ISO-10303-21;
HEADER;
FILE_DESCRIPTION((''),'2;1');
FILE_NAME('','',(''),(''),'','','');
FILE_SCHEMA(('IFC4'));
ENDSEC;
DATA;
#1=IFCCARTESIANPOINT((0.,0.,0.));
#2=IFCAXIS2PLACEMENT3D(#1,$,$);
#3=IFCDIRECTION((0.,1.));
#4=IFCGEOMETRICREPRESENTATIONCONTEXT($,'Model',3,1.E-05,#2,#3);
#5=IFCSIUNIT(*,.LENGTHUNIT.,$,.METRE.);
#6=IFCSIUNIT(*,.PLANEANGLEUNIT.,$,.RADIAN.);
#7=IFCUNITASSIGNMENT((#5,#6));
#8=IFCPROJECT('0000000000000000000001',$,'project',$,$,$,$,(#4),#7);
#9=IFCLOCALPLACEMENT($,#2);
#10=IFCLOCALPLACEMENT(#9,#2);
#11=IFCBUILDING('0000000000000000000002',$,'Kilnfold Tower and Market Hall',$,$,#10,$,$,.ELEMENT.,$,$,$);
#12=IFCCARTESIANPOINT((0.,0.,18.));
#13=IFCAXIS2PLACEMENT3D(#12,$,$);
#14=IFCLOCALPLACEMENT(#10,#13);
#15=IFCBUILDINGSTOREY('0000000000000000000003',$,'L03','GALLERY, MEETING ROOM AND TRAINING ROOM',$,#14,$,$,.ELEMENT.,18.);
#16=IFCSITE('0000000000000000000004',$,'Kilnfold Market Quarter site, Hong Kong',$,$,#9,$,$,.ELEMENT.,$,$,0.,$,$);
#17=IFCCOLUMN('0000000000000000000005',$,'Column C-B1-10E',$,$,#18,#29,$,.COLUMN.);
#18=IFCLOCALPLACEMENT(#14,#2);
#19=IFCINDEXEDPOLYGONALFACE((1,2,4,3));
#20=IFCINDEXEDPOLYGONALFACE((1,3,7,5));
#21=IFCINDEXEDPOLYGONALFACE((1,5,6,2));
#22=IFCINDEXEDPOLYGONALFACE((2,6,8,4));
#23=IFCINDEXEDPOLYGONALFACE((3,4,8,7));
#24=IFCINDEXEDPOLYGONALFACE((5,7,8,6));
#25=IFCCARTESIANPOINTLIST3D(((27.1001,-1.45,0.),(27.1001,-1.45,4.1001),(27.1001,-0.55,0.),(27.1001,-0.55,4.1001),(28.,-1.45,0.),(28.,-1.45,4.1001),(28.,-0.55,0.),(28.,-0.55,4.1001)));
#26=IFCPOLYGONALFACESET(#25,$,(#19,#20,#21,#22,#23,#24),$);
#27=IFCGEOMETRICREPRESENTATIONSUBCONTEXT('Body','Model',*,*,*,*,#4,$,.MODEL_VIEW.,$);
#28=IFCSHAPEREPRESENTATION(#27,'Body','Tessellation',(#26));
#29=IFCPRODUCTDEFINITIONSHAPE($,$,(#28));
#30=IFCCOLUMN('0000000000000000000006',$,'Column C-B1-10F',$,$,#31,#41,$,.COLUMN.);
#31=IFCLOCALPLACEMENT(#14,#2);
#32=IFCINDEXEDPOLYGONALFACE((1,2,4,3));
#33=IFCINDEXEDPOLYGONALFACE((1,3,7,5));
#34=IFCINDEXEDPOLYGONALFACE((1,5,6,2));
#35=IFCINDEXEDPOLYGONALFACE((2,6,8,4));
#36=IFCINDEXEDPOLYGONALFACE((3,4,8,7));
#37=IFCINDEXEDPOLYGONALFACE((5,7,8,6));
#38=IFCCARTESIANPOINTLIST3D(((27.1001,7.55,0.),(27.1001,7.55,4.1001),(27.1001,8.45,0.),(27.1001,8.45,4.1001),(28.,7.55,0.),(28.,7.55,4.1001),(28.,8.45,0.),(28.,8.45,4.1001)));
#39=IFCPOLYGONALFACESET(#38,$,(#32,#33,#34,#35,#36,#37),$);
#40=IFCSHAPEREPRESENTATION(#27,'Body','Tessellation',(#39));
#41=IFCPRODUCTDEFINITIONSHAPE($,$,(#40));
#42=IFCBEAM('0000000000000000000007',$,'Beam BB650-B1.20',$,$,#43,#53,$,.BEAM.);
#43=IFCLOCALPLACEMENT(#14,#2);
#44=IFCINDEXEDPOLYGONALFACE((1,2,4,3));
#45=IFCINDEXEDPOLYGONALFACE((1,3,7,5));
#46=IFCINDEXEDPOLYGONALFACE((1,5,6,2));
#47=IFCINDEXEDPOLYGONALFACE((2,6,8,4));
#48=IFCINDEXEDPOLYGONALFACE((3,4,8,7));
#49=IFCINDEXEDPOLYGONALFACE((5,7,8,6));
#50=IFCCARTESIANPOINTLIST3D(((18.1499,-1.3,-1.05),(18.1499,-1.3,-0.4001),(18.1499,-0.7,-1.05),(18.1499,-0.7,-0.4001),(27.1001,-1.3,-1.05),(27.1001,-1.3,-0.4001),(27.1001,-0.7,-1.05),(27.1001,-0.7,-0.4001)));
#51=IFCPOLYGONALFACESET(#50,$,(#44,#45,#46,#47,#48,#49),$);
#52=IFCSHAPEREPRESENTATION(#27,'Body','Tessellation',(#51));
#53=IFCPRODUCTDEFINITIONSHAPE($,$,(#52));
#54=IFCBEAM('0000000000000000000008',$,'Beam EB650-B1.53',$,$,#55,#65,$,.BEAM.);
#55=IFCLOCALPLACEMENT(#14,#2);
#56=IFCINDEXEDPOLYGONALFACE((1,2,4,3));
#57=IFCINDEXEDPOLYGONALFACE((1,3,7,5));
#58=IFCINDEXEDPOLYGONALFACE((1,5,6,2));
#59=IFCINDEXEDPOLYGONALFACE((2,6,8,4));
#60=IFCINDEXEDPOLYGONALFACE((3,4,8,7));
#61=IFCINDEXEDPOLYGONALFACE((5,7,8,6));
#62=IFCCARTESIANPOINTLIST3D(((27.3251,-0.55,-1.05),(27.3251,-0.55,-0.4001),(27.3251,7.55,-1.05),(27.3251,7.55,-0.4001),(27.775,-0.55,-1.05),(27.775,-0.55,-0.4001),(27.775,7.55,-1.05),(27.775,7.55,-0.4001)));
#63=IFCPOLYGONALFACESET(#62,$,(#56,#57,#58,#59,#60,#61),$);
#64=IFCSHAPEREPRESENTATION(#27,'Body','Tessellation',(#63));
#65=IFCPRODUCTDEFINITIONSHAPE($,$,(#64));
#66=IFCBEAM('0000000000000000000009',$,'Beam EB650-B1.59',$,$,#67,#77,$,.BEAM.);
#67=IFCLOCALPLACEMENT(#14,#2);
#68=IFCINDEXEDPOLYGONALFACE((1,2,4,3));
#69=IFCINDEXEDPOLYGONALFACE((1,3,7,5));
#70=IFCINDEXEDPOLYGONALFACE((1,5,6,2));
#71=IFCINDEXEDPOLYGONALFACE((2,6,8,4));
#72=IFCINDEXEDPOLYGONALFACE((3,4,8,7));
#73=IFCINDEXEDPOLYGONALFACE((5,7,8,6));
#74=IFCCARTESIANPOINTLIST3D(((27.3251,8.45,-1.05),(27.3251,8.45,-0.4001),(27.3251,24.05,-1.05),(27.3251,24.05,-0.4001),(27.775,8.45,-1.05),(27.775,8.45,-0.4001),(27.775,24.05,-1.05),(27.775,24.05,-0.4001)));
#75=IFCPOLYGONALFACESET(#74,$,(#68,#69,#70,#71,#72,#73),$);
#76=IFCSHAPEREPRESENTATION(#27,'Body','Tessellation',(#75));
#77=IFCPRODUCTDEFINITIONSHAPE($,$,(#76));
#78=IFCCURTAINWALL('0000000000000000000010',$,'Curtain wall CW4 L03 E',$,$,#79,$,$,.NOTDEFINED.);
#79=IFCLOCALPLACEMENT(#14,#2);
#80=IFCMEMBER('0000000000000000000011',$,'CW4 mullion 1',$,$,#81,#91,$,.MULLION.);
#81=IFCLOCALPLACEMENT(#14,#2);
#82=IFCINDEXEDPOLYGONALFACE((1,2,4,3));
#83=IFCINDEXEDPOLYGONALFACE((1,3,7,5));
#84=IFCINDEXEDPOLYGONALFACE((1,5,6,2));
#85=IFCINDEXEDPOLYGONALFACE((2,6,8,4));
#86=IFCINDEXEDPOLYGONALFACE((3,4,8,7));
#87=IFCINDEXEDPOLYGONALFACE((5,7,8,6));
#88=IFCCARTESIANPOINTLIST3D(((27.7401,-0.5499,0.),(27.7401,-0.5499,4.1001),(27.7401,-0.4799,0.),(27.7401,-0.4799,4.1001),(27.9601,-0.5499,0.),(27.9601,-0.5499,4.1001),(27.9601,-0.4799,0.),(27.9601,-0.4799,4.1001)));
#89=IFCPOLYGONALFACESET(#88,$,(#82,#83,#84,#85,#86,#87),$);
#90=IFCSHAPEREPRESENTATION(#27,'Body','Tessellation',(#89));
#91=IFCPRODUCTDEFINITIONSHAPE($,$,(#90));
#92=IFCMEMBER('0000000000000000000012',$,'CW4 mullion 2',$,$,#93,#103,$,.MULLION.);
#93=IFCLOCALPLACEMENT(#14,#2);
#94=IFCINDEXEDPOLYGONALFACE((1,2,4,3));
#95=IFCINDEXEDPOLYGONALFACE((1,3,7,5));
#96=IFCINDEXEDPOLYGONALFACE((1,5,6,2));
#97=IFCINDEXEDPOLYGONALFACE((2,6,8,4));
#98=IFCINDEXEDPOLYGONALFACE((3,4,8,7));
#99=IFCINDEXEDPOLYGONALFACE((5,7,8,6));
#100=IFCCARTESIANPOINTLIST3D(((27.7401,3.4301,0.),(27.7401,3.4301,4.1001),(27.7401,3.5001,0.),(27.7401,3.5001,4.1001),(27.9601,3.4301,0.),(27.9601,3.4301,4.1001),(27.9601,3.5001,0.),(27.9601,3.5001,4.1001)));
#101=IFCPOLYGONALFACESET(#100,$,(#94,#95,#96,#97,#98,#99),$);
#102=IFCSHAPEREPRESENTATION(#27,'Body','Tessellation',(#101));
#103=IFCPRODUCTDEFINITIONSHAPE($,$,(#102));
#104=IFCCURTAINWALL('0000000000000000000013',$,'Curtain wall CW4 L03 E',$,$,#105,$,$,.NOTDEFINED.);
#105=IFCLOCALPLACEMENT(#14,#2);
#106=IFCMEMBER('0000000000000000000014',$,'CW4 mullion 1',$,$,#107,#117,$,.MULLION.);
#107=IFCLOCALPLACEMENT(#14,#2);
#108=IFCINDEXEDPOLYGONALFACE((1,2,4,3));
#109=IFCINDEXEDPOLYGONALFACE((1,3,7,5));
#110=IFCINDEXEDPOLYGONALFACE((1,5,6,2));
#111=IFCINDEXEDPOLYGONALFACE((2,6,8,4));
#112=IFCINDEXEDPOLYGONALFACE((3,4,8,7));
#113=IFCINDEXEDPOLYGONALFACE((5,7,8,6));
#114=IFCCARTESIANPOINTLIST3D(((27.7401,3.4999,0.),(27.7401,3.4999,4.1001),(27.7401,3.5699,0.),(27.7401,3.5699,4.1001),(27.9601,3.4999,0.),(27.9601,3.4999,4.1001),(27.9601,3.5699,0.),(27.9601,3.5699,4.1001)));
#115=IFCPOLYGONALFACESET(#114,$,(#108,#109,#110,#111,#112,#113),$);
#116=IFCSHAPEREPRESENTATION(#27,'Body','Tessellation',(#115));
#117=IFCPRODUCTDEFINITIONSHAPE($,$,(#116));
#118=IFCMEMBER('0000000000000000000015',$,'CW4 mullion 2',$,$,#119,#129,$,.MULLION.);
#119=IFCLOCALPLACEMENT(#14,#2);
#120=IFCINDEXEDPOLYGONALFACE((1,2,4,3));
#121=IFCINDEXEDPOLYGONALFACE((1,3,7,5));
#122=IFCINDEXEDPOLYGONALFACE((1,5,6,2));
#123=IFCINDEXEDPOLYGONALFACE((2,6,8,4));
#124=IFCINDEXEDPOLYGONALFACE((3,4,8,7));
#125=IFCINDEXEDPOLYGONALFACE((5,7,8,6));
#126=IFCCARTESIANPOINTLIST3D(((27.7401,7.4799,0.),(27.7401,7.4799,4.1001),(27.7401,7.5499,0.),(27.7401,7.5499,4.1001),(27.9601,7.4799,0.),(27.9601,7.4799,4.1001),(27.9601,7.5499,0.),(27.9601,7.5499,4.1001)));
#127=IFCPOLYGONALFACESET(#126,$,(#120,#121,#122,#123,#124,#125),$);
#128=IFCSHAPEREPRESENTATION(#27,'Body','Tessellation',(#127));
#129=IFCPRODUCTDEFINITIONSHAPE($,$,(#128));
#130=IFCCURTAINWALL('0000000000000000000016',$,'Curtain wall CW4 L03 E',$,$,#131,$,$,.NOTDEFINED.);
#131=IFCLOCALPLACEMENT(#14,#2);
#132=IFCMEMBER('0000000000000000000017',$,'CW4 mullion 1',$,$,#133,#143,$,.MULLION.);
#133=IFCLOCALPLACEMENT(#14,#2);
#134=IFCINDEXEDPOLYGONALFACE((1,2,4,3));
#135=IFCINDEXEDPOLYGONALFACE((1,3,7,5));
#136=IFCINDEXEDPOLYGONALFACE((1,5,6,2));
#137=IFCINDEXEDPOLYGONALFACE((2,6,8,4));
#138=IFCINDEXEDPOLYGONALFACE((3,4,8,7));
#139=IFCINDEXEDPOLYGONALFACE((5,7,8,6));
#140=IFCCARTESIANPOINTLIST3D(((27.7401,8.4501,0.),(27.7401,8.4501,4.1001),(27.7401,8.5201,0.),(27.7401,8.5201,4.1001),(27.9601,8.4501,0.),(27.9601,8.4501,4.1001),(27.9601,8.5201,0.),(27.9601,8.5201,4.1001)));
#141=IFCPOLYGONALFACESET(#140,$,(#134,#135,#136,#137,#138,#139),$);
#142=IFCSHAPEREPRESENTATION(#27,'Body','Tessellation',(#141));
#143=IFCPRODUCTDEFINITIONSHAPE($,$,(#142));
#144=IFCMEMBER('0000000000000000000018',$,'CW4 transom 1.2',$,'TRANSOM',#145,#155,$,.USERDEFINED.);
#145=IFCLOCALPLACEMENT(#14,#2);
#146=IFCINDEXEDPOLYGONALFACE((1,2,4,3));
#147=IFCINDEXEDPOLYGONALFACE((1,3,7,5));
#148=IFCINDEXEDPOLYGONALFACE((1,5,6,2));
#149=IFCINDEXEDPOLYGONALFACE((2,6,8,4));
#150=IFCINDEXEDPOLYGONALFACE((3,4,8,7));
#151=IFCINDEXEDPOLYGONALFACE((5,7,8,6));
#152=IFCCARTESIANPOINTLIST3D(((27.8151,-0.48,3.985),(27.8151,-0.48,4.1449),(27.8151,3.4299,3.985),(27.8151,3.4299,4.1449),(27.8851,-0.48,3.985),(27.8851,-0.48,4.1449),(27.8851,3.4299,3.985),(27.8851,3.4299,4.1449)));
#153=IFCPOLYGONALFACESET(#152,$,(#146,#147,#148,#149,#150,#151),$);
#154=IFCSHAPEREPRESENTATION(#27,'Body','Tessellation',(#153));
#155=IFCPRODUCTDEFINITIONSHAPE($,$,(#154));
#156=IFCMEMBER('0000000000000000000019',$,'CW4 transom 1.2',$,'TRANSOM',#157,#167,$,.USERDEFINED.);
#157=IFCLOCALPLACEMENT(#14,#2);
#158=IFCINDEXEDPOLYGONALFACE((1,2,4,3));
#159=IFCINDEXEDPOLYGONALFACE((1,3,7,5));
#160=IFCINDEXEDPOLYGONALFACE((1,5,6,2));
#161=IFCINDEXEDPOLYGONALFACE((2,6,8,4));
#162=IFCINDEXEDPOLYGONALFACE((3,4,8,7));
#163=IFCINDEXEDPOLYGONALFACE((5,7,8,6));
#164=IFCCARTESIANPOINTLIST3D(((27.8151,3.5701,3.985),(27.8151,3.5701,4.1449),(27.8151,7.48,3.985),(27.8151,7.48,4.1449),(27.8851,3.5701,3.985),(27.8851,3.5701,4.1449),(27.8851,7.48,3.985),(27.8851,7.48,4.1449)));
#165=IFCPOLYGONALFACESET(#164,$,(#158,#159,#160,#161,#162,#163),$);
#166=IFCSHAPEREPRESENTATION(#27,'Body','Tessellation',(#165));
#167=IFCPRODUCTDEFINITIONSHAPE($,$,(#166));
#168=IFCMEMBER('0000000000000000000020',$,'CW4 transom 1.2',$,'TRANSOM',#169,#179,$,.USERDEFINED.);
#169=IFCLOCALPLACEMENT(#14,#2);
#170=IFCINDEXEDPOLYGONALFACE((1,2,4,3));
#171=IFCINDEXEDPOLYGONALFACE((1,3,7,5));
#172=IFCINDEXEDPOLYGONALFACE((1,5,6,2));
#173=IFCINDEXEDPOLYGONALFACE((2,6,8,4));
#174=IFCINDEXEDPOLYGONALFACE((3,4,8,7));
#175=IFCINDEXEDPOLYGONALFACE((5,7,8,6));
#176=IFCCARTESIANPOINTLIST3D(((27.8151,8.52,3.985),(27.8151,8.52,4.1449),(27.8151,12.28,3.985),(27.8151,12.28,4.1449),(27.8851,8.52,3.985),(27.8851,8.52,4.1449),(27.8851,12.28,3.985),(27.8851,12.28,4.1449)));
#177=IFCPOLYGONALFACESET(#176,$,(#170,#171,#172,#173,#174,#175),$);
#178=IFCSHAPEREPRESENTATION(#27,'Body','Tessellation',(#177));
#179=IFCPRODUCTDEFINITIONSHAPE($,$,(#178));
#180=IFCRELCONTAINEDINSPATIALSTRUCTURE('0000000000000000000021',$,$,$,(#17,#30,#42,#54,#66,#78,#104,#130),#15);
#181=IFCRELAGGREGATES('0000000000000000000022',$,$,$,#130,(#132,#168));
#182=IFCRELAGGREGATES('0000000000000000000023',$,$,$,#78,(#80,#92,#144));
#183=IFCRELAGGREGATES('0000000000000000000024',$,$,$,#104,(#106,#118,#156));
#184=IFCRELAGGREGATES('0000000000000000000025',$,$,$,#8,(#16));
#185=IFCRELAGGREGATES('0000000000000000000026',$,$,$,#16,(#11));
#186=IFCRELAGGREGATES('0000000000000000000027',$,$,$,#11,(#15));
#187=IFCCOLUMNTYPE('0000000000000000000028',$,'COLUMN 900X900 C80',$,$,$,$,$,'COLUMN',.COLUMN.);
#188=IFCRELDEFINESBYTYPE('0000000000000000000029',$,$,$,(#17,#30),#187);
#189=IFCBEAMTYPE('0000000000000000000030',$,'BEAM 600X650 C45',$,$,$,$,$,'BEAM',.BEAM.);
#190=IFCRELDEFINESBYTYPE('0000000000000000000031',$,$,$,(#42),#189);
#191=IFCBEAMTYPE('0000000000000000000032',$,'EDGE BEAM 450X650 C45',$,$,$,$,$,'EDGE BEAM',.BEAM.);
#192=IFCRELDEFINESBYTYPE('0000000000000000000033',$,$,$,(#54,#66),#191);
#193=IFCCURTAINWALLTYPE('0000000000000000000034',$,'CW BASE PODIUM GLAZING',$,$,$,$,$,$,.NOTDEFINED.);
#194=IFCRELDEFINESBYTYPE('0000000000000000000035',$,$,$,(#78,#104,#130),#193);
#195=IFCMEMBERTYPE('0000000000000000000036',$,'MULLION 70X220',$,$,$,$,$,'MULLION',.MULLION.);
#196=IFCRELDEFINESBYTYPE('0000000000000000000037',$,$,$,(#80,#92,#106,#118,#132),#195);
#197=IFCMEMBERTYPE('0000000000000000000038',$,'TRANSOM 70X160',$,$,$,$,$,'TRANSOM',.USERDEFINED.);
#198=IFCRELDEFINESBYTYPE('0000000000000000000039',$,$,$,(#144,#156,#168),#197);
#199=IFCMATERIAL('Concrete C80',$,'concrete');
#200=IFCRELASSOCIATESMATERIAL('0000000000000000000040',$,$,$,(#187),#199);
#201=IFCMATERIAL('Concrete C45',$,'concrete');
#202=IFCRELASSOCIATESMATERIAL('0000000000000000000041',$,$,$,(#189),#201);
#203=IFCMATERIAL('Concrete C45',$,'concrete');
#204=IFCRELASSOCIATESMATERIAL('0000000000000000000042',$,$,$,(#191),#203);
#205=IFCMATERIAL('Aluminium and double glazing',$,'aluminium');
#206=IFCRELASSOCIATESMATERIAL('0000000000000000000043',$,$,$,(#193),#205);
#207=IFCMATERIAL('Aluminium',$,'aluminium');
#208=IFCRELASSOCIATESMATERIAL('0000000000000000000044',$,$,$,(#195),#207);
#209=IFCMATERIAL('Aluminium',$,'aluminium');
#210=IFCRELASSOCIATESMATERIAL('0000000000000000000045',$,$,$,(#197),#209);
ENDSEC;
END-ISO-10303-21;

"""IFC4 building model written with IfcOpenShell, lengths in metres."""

from ifc_helpers import new_model, si_unit, direction, frame, origin, origin_2d, place, context, subcontext, project, spatial, rectangle, extrude, source, transform, mapped, material, material_profile, profile_set, type_object, element, aggregate, save


model = new_model("IFC4")

# Units and contexts
model_context = context("Model", 3, precision=1e-05, world=origin(), true_north=direction((0.0, 1.0)))
body_context = subcontext(model_context, "Body", "Model", "MODEL_VIEW")
ifc_project = project(units=[si_unit("LENGTHUNIT", "METRE"), si_unit("PLANEANGLEUNIT", "RADIAN")], contexts=[model_context])

# Site, building, storey
site_placement = place(None, origin())
site = spatial("IfcSite", under=ifc_project, at=site_placement, Name="Kilnfold Market Quarter site, Hong Kong", CompositionType="ELEMENT", RefElevation=0.0)
building_placement = place(site_placement, origin())
building = spatial("IfcBuilding", under=site, at=building_placement, Name="Kilnfold Tower and Market Hall", CompositionType="ELEMENT")
storey_placement = place(building_placement, frame((0.0, 0.0, 18.0)))
storey = spatial("IfcBuildingStorey", under=building, at=storey_placement, Name="L03", Description="GALLERY, MEETING ROOM AND TRAINING ROOM", CompositionType="ELEMENT", Elevation=18.0)

# Columns
ifc_material_1 = material(Name="Concrete C80", Category="concrete")
ifc_material_profile_1 = material_profile(ifc_material_1, rectangle(XDim=0.8999, YDim=0.8999, at=origin_2d()), Name="RC 900x900")
ifc_profile_set_1 = profile_set([ifc_material_profile_1], Name="Concrete C80")
column_type = type_object("IfcColumnType", Name="COLUMN 900X900 C80", ElementType="COLUMN", PredefinedType="COLUMN", material=ifc_profile_set_1)
shared_shape_1 = source(origin(), body_context, "Body", "SweptSolid", [
    extrude(rectangle(XDim=0.8999, YDim=0.8999, at=origin_2d()), origin(), (0.0, 0.0, 1.0), 4.1001),
])
for number, where, z_axis, x_axis, name in (
    (1, (27.55, -1.0, 0.0), (0.0, 0.0, 1.0), (1.0, 0.0, 0.0), "Column C-B1-10E"),
    (2, (27.55, 8.0, 0.0), (0.0, 0.0, 1.0), (1.0, 0.0, 0.0), "Column C-B1-10F"),
):
    element("IfcColumn", number, at=place(storey_placement, frame(where, z_axis=z_axis, x_axis=x_axis)), inside=storey, type_object=column_type, Name=name, PredefinedType="COLUMN", context=body_context, shape_type="MappedRepresentation", body=[
        mapped(shared_shape_1, transform((0.0, 0.0, 0.0))),
    ])

# Beams
ifc_material_2 = material(Name="Concrete C45", Category="concrete")
ifc_material_profile_2 = material_profile(ifc_material_2, rectangle(XDim=0.6001, YDim=0.6499, at=origin_2d()), Name="RC 600x650")
ifc_profile_set_2 = profile_set([ifc_material_profile_2], Name="Concrete C45")
beam_type_1 = type_object("IfcBeamType", Name="BEAM 600X650 C45", ElementType="BEAM", PredefinedType="BEAM", material=ifc_profile_set_2)
shared_shape_2 = source(origin(), body_context, "Body", "SweptSolid", [
    extrude(rectangle(XDim=0.6001, YDim=0.6499, at=origin_2d()), origin(), (0.0, 0.0, 1.0), 8.9502),
])
beam_1_placement = place(storey_placement, frame((18.1499, -1.0, -0.7251), z_axis=(1.0, 0.0, 0.0), x_axis=(0.0, 1.0, 0.0)))
element("IfcBeam", 3, at=beam_1_placement, inside=storey, type_object=beam_type_1, Name="Beam BB650-B1.20", PredefinedType="BEAM", context=body_context, shape_type="MappedRepresentation", body=[
    mapped(shared_shape_2, transform((0.0, 0.0, 0.0))),
])
ifc_material_3 = material(Name="Concrete C45", Category="concrete")
ifc_material_profile_3 = material_profile(ifc_material_3, rectangle(XDim=0.45, YDim=0.6499, at=origin_2d()), Name="RC 450x650")
ifc_profile_set_3 = profile_set([ifc_material_profile_3], Name="Concrete C45")
beam_type_2 = type_object("IfcBeamType", Name="EDGE BEAM 450X650 C45", ElementType="EDGE BEAM", PredefinedType="BEAM", material=ifc_profile_set_3)
shared_shape_3 = source(origin(), body_context, "Body", "SweptSolid", [
    extrude(rectangle(XDim=0.45, YDim=0.6499, at=origin_2d()), origin(), (0.0, 0.0, 1.0), 8.1001),
])
beam_2_placement = place(storey_placement, frame((27.55, -0.55, -0.7251), z_axis=(0.0, 1.0, 0.0), x_axis=(-1.0, 0.0, 0.0)))
element("IfcBeam", 4, at=beam_2_placement, inside=storey, type_object=beam_type_2, Name="Beam EB650-B1.53", PredefinedType="BEAM", context=body_context, shape_type="MappedRepresentation", body=[
    mapped(shared_shape_3, transform((0.0, 0.0, 0.0))),
])
shared_shape_4 = source(origin(), body_context, "Body", "SweptSolid", [
    extrude(rectangle(XDim=0.45, YDim=0.6499, at=origin_2d()), origin(), (0.0, 0.0, 1.0), 15.6001),
])
beam_3_placement = place(storey_placement, frame((27.55, 8.45, -0.7251), z_axis=(0.0, 1.0, 0.0), x_axis=(-1.0, 0.0, 0.0)))
element("IfcBeam", 5, at=beam_3_placement, inside=storey, type_object=beam_type_2, Name="Beam EB650-B1.59", PredefinedType="BEAM", context=body_context, shape_type="MappedRepresentation", body=[
    mapped(shared_shape_4, transform((0.0, 0.0, 0.0))),
])

# Curtain walls, members
ifc_material_4 = material(Name="Aluminium and double glazing", Category="aluminium")
curtain_wall_type = type_object("IfcCurtainWallType", Name="CW BASE PODIUM GLAZING", PredefinedType="NOTDEFINED", material=ifc_material_4)
curtain_wall_1_placement = place(storey_placement, origin())
curtain_wall_1 = element("IfcCurtainWall", 6, at=curtain_wall_1_placement, inside=storey, type_object=curtain_wall_type, Name="Curtain wall CW4 L03 E", PredefinedType="NOTDEFINED")
ifc_material_5 = material(Name="Aluminium", Category="aluminium")
ifc_material_profile_4 = material_profile(ifc_material_5, rectangle(XDim=0.0701, YDim=0.22, at=origin_2d()), Name="MULLION 70x220")
ifc_profile_set_4 = profile_set([ifc_material_profile_4], Name="Aluminium")
member_type_1 = type_object("IfcMemberType", Name="MULLION 70X220", ElementType="MULLION", PredefinedType="MULLION", material=ifc_profile_set_4)
shared_shape_5 = source(origin(), body_context, "Body", "SweptSolid", [
    extrude(rectangle(XDim=0.0701, YDim=0.22, at=origin_2d()), origin(), (0.0, 0.0, 1.0), 4.1001),
])
member_1_placement = place(storey_placement, frame((27.8501, -0.5149, 0.0), z_axis=(0.0, 0.0, 1.0), x_axis=(0.0, 1.0, 0.0)))
member_1 = element("IfcMember", 7, at=member_1_placement, type_object=member_type_1, Name="CW4 mullion 1", PredefinedType="MULLION", context=body_context, shape_type="MappedRepresentation", body=[
    mapped(shared_shape_5, transform((0.0, 0.0, 0.0))),
])
member_2_placement = place(storey_placement, frame((27.8501, 3.4651, 0.0), z_axis=(0.0, 0.0, 1.0), x_axis=(0.0, 1.0, 0.0)))
member_2 = element("IfcMember", 8, at=member_2_placement, type_object=member_type_1, Name="CW4 mullion 2", PredefinedType="MULLION", context=body_context, shape_type="MappedRepresentation", body=[
    mapped(shared_shape_5, transform((0.0, 0.0, 0.0))),
])
curtain_wall_2_placement = place(storey_placement, origin())
curtain_wall_2 = element("IfcCurtainWall", 9, at=curtain_wall_2_placement, inside=storey, type_object=curtain_wall_type, Name="Curtain wall CW4 L03 E", PredefinedType="NOTDEFINED")
member_3_placement = place(storey_placement, frame((27.8501, 3.5349, 0.0), z_axis=(0.0, 0.0, 1.0), x_axis=(0.0, 1.0, 0.0)))
member_3 = element("IfcMember", 10, at=member_3_placement, type_object=member_type_1, Name="CW4 mullion 1", PredefinedType="MULLION", context=body_context, shape_type="MappedRepresentation", body=[
    mapped(shared_shape_5, transform((0.0, 0.0, 0.0))),
])
member_4_placement = place(storey_placement, frame((27.8501, 7.5149, 0.0), z_axis=(0.0, 0.0, 1.0), x_axis=(0.0, 1.0, 0.0)))
member_4 = element("IfcMember", 11, at=member_4_placement, type_object=member_type_1, Name="CW4 mullion 2", PredefinedType="MULLION", context=body_context, shape_type="MappedRepresentation", body=[
    mapped(shared_shape_5, transform((0.0, 0.0, 0.0))),
])

# Curtain wall, member
curtain_wall_3_placement = place(storey_placement, origin())
curtain_wall_3 = element("IfcCurtainWall", 12, at=curtain_wall_3_placement, inside=storey, type_object=curtain_wall_type, Name="Curtain wall CW4 L03 E", PredefinedType="NOTDEFINED")
member_5_placement = place(storey_placement, frame((27.8501, 8.4851, 0.0), z_axis=(0.0, 0.0, 1.0), x_axis=(0.0, 1.0, 0.0)))
member_5 = element("IfcMember", 13, at=member_5_placement, type_object=member_type_1, Name="CW4 mullion 1", PredefinedType="MULLION", context=body_context, shape_type="MappedRepresentation", body=[
    mapped(shared_shape_5, transform((0.0, 0.0, 0.0))),
])

# Members
ifc_material_6 = material(Name="Aluminium", Category="aluminium")
ifc_material_profile_5 = material_profile(ifc_material_6, rectangle(XDim=0.0701, YDim=0.1599, at=origin_2d()), Name="TRANSOM 70x160")
ifc_profile_set_5 = profile_set([ifc_material_profile_5], Name="Aluminium")
member_type_2 = type_object("IfcMemberType", Name="TRANSOM 70X160", ElementType="TRANSOM", PredefinedType="USERDEFINED", material=ifc_profile_set_5)
shared_shape_6 = source(origin(), body_context, "Body", "SweptSolid", [
    extrude(rectangle(XDim=0.0701, YDim=0.1599, at=origin_2d()), origin(), (0.0, 0.0, 1.0), 3.9099),
])
member_6_placement = place(storey_placement, frame((27.8501, -0.48, 4.0649), z_axis=(0.0, 1.0, 0.0), x_axis=(-1.0, 0.0, 0.0)))
member_6 = element("IfcMember", 14, at=member_6_placement, type_object=member_type_2, Name="CW4 transom 1.2", ObjectType="TRANSOM", PredefinedType="USERDEFINED", context=body_context, shape_type="MappedRepresentation", body=[
    mapped(shared_shape_6, transform((0.0, 0.0, 0.0))),
])
member_7_placement = place(storey_placement, frame((27.8501, 3.5701, 4.0649), z_axis=(0.0, 1.0, 0.0), x_axis=(-1.0, 0.0, 0.0)))
member_7 = element("IfcMember", 15, at=member_7_placement, type_object=member_type_2, Name="CW4 transom 1.2", ObjectType="TRANSOM", PredefinedType="USERDEFINED", context=body_context, shape_type="MappedRepresentation", body=[
    mapped(shared_shape_6, transform((0.0, 0.0, 0.0))),
])
shared_shape_7 = source(origin(), body_context, "Body", "SweptSolid", [
    extrude(rectangle(XDim=0.0701, YDim=0.1599, at=origin_2d()), origin(), (0.0, 0.0, 1.0), 3.76),
])
member_8_placement = place(storey_placement, frame((27.8501, 8.52, 4.0649), z_axis=(0.0, 1.0, 0.0), x_axis=(-1.0, 0.0, 0.0)))
member_8 = element("IfcMember", 16, at=member_8_placement, type_object=member_type_2, Name="CW4 transom 1.2", ObjectType="TRANSOM", PredefinedType="USERDEFINED", context=body_context, shape_type="MappedRepresentation", body=[
    mapped(shared_shape_7, transform((0.0, 0.0, 0.0))),
])
aggregate(curtain_wall_3, [member_5, member_8])

aggregate(curtain_wall_1, [member_1, member_2, member_6])
aggregate(curtain_wall_2, [member_3, member_4, member_7])

save(model, "model.ifc")
